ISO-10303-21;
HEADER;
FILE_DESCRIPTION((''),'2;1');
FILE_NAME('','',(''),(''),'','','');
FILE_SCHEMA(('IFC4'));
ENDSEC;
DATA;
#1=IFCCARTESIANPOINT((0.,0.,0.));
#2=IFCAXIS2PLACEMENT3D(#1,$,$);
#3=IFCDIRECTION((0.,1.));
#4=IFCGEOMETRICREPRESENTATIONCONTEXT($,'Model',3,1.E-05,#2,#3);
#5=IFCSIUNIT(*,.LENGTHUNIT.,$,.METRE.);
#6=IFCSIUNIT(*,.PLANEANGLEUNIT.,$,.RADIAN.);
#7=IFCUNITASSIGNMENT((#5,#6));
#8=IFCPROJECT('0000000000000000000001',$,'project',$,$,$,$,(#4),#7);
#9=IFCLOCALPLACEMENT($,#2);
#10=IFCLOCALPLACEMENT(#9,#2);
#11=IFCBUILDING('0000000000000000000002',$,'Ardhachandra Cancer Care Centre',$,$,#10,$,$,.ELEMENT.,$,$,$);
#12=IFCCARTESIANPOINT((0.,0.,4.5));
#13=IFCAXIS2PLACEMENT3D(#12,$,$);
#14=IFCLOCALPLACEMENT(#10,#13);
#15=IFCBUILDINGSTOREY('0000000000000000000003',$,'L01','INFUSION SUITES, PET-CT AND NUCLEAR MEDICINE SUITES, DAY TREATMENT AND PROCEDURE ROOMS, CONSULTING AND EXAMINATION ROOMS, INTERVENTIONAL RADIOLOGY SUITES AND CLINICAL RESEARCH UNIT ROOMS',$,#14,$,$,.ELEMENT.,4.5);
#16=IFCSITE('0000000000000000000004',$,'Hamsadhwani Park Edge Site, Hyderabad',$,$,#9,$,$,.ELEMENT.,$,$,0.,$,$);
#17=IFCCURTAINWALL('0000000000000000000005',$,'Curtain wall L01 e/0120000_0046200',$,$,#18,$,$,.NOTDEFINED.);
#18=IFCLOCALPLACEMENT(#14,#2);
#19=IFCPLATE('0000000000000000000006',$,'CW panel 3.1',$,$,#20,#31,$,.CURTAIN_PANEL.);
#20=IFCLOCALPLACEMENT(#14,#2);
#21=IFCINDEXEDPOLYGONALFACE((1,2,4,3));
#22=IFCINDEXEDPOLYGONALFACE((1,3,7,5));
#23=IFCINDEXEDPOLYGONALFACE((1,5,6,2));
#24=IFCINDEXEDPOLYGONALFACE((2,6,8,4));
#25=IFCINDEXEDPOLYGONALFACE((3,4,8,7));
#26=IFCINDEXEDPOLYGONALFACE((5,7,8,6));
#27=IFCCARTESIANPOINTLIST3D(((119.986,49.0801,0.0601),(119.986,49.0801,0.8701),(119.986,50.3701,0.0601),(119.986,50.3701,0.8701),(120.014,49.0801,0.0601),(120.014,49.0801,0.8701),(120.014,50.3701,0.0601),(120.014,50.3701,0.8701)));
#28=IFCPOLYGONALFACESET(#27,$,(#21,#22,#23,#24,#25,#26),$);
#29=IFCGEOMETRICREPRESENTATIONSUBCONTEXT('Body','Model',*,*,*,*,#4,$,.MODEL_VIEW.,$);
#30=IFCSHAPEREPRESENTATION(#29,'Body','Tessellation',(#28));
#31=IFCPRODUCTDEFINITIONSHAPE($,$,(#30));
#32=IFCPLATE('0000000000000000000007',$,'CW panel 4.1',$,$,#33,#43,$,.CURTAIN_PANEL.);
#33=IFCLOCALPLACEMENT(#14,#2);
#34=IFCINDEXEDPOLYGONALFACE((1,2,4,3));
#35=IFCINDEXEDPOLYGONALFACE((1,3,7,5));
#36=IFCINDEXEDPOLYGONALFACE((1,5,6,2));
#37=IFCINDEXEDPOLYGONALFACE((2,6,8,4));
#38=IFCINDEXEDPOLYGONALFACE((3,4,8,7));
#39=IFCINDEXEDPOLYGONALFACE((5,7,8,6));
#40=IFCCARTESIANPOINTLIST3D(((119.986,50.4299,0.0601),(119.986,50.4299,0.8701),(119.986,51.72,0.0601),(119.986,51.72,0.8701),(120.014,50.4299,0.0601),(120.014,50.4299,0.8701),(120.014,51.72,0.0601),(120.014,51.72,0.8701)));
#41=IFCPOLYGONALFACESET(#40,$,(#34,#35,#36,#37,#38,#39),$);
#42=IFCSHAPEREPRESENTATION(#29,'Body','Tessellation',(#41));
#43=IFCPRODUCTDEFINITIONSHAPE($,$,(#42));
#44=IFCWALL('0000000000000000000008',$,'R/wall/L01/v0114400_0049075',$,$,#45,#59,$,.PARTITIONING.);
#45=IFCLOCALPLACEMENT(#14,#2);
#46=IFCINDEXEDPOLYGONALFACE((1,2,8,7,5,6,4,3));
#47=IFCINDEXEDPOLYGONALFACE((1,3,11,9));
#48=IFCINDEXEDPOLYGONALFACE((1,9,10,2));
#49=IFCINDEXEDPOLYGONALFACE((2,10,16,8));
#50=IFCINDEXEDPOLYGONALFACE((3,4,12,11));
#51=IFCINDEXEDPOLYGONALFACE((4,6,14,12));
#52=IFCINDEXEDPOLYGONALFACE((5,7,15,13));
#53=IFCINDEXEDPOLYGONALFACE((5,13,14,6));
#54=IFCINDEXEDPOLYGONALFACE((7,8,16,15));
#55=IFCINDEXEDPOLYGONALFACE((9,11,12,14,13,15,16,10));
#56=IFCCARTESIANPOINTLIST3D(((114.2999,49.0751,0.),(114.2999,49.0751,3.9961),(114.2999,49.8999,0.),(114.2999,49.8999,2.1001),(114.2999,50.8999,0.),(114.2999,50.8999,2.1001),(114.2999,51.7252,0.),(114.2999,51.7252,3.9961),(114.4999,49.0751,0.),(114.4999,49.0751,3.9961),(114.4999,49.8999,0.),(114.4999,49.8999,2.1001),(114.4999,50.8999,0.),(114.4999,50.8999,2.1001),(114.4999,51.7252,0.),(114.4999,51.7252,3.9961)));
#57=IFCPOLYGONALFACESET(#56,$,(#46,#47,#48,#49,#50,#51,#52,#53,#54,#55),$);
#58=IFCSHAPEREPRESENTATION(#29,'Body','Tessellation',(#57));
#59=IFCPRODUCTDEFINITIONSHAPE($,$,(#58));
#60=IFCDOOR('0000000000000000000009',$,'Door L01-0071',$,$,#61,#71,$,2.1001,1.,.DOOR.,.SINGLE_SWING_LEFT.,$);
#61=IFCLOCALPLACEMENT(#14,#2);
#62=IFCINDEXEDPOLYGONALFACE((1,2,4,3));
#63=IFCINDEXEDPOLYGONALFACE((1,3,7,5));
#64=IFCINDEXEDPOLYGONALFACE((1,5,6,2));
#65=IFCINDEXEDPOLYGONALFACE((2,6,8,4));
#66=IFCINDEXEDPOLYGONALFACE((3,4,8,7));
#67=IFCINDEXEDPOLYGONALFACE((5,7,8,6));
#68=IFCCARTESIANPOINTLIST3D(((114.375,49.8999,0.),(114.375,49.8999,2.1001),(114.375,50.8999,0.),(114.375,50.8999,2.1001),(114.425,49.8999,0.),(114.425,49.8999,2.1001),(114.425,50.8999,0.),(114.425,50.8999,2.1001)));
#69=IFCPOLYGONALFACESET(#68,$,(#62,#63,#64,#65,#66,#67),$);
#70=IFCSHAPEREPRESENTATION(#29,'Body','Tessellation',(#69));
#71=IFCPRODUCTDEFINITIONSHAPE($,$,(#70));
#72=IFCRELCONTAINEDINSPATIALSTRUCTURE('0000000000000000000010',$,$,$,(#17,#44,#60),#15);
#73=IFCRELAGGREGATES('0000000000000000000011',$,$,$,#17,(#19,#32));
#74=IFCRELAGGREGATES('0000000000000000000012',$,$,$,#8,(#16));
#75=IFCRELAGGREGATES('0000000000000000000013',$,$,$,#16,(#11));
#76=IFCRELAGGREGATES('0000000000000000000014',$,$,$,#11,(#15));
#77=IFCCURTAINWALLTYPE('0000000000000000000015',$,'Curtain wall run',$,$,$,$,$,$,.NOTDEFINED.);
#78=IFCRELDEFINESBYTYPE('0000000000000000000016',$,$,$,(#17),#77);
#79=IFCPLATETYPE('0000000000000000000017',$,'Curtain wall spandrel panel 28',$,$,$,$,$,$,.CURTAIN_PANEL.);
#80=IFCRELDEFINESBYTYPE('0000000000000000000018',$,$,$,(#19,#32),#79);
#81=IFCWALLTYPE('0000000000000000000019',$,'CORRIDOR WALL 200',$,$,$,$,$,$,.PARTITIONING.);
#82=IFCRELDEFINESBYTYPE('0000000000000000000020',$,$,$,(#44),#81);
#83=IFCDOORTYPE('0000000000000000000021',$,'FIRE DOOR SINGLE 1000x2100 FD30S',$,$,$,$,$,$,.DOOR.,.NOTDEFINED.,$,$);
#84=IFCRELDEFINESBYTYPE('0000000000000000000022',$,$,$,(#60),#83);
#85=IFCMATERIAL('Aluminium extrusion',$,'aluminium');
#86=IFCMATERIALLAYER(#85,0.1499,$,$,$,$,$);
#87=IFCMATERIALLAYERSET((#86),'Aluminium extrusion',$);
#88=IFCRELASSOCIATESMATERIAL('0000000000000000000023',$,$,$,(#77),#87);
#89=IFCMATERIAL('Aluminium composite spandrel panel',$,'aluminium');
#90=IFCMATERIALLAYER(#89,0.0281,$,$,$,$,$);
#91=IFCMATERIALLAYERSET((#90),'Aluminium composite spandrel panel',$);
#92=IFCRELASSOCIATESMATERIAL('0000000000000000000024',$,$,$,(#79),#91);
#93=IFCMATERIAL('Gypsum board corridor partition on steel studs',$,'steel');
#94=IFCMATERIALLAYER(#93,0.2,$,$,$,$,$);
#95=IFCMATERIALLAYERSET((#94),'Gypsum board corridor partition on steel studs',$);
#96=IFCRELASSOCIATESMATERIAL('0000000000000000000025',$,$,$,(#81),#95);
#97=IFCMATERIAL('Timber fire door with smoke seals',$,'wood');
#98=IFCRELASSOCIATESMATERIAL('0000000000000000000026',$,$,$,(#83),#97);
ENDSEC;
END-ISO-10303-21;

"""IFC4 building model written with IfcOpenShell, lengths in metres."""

from ifc_helpers import new_model, si_unit, direction, frame, frame_2d, origin, origin_2d, place, context, subcontext, project, spatial, rectangle, extrude, material, layer, layer_set, type_object, element, fill, aggregate, save


model = new_model("IFC4")

# Units and contexts
model_context = context("Model", 3, precision=1e-05, world=origin(), true_north=direction((0.0, 1.0)))
body_context = subcontext(model_context, "Body", "Model", "MODEL_VIEW")
ifc_project = project(units=[si_unit("LENGTHUNIT", "METRE"), si_unit("PLANEANGLEUNIT", "RADIAN")], contexts=[model_context])

# Site, building, storey
site_placement = place(None, origin())
site = spatial("IfcSite", under=ifc_project, at=site_placement, Name="Hamsadhwani Park Edge Site, Hyderabad", CompositionType="ELEMENT", RefElevation=0.0)
building_placement = place(site_placement, origin())
building = spatial("IfcBuilding", under=site, at=building_placement, Name="Ardhachandra Cancer Care Centre", CompositionType="ELEMENT")
storey_placement = place(building_placement, frame((0.0, 0.0, 4.5)))
storey = spatial("IfcBuildingStorey", under=building, at=storey_placement, Name="L01", Description="INFUSION SUITES, PET-CT AND NUCLEAR MEDICINE SUITES, DAY TREATMENT AND PROCEDURE ROOMS, CONSULTING AND EXAMINATION ROOMS, INTERVENTIONAL RADIOLOGY SUITES AND CLINICAL RESEARCH UNIT ROOMS", CompositionType="ELEMENT", Elevation=4.5)

# Curtain wall, plates
ifc_material_1 = material(Name="Aluminium extrusion", Category="aluminium")
ifc_layer_1 = layer(ifc_material_1, 0.1499)
ifc_layer_set_1 = layer_set([ifc_layer_1], Name="Aluminium extrusion")
curtain_wall_type = type_object("IfcCurtainWallType", Name="Curtain wall run", PredefinedType="NOTDEFINED", material=ifc_layer_set_1)
curtain_wall_placement = place(storey_placement, origin())
curtain_wall = element("IfcCurtainWall", 1, at=curtain_wall_placement, inside=storey, type_object=curtain_wall_type, Name="Curtain wall L01 e/0120000_0046200", PredefinedType="NOTDEFINED")
ifc_material_2 = material(Name="Aluminium composite spandrel panel", Category="aluminium")
ifc_layer_2 = layer(ifc_material_2, 0.0281)
ifc_layer_set_2 = layer_set([ifc_layer_2], Name="Aluminium composite spandrel panel")
plate_type_1 = type_object("IfcPlateType", Name="Curtain wall spandrel panel 28", PredefinedType="CURTAIN_PANEL", material=ifc_layer_set_2)
plate_1_placement = place(storey_placement, frame((120.0, 49.7251, 0.0601), z_axis=(0.0, 0.0, 1.0), x_axis=(0.0, 1.0, 0.0)))
plate_1 = element("IfcPlate", 2, at=plate_1_placement, type_object=plate_type_1, Name="CW panel 3.1", PredefinedType="CURTAIN_PANEL", context=body_context, shape_type="SweptSolid", body=[
    extrude(rectangle(XDim=1.29, YDim=0.0281, at=origin_2d()), origin(), (0.0, 0.0, 1.0), 0.8101),
])
plate_2_placement = place(storey_placement, frame((120.0, 51.075, 0.0601), z_axis=(0.0, 0.0, 1.0), x_axis=(0.0, 1.0, 0.0)))
plate_2 = element("IfcPlate", 3, at=plate_2_placement, type_object=plate_type_1, Name="CW panel 4.1", PredefinedType="CURTAIN_PANEL", context=body_context, shape_type="SweptSolid", body=[
    extrude(rectangle(XDim=1.29, YDim=0.0281, at=origin_2d()), origin(), (0.0, 0.0, 1.0), 0.8101),
])
aggregate(curtain_wall, [plate_1, plate_2])

# Wall, opening, door
ifc_material_3 = material(Name="Gypsum board corridor partition on steel studs", Category="steel")
ifc_layer_3 = layer(ifc_material_3, 0.2)
ifc_layer_set_3 = layer_set([ifc_layer_3], Name="Gypsum board corridor partition on steel studs")
wall_type = type_object("IfcWallType", Name="CORRIDOR WALL 200", PredefinedType="PARTITIONING", material=ifc_layer_set_3)
wall_placement = place(storey_placement, frame((114.3999, 49.075, 0.0), z_axis=(0.0, 0.0, 1.0), x_axis=(0.0, 1.0, 0.0)))
wall = element("IfcWall", 4, at=wall_placement, inside=storey, type_object=wall_type, Name="R/wall/L01/v0114400_0049075", PredefinedType="PARTITIONING", context=body_context, shape_type="SweptSolid", body=[
    extrude(rectangle(XDim=2.6501, YDim=0.2, at=frame_2d((1.3252, 0.0))), origin(), (0.0, 0.0, 1.0), 3.9961),
])
opening_placement = place(wall_placement, frame((0.825, 0.0, 0.0)))
opening = element("IfcOpeningElement", 5, at=opening_placement, cuts=wall, PredefinedType="OPENING", context=body_context, shape_type="SweptSolid", body=[
    extrude(rectangle(XDim=1.0, YDim=2.1001, at=frame_2d((0.5, 1.05))), frame((0.0, 0.1099, 0.0), z_axis=(0.0, -1.0, 0.0), x_axis=(1.0, 0.0, 0.0)), (0.0, 0.0, 1.0), 0.22),
])
ifc_material_4 = material(Name="Timber fire door with smoke seals", Category="wood")
door_type = type_object("IfcDoorType", Name="FIRE DOOR SINGLE 1000x2100 FD30S", OperationType="NOTDEFINED", PredefinedType="DOOR", material=ifc_material_4)
door_placement = place(opening_placement, origin())
door = element("IfcDoor", 6, at=door_placement, inside=storey, type_object=door_type, Name="Door L01-0071", OperationType="SINGLE_SWING_LEFT", OverallHeight=2.1001, OverallWidth=1.0, PredefinedType="DOOR", context=body_context, shape_type="SweptSolid", body=[
    extrude(rectangle(XDim=1.0, YDim=2.1001, at=frame_2d((0.5, 1.05))), frame((0.0, 0.0249, 0.0), z_axis=(0.0, -1.0, 0.0), x_axis=(1.0, 0.0, 0.0)), (0.0, 0.0, 1.0), 0.05),
])
fill(opening, door)

save(model, "model.ifc")
